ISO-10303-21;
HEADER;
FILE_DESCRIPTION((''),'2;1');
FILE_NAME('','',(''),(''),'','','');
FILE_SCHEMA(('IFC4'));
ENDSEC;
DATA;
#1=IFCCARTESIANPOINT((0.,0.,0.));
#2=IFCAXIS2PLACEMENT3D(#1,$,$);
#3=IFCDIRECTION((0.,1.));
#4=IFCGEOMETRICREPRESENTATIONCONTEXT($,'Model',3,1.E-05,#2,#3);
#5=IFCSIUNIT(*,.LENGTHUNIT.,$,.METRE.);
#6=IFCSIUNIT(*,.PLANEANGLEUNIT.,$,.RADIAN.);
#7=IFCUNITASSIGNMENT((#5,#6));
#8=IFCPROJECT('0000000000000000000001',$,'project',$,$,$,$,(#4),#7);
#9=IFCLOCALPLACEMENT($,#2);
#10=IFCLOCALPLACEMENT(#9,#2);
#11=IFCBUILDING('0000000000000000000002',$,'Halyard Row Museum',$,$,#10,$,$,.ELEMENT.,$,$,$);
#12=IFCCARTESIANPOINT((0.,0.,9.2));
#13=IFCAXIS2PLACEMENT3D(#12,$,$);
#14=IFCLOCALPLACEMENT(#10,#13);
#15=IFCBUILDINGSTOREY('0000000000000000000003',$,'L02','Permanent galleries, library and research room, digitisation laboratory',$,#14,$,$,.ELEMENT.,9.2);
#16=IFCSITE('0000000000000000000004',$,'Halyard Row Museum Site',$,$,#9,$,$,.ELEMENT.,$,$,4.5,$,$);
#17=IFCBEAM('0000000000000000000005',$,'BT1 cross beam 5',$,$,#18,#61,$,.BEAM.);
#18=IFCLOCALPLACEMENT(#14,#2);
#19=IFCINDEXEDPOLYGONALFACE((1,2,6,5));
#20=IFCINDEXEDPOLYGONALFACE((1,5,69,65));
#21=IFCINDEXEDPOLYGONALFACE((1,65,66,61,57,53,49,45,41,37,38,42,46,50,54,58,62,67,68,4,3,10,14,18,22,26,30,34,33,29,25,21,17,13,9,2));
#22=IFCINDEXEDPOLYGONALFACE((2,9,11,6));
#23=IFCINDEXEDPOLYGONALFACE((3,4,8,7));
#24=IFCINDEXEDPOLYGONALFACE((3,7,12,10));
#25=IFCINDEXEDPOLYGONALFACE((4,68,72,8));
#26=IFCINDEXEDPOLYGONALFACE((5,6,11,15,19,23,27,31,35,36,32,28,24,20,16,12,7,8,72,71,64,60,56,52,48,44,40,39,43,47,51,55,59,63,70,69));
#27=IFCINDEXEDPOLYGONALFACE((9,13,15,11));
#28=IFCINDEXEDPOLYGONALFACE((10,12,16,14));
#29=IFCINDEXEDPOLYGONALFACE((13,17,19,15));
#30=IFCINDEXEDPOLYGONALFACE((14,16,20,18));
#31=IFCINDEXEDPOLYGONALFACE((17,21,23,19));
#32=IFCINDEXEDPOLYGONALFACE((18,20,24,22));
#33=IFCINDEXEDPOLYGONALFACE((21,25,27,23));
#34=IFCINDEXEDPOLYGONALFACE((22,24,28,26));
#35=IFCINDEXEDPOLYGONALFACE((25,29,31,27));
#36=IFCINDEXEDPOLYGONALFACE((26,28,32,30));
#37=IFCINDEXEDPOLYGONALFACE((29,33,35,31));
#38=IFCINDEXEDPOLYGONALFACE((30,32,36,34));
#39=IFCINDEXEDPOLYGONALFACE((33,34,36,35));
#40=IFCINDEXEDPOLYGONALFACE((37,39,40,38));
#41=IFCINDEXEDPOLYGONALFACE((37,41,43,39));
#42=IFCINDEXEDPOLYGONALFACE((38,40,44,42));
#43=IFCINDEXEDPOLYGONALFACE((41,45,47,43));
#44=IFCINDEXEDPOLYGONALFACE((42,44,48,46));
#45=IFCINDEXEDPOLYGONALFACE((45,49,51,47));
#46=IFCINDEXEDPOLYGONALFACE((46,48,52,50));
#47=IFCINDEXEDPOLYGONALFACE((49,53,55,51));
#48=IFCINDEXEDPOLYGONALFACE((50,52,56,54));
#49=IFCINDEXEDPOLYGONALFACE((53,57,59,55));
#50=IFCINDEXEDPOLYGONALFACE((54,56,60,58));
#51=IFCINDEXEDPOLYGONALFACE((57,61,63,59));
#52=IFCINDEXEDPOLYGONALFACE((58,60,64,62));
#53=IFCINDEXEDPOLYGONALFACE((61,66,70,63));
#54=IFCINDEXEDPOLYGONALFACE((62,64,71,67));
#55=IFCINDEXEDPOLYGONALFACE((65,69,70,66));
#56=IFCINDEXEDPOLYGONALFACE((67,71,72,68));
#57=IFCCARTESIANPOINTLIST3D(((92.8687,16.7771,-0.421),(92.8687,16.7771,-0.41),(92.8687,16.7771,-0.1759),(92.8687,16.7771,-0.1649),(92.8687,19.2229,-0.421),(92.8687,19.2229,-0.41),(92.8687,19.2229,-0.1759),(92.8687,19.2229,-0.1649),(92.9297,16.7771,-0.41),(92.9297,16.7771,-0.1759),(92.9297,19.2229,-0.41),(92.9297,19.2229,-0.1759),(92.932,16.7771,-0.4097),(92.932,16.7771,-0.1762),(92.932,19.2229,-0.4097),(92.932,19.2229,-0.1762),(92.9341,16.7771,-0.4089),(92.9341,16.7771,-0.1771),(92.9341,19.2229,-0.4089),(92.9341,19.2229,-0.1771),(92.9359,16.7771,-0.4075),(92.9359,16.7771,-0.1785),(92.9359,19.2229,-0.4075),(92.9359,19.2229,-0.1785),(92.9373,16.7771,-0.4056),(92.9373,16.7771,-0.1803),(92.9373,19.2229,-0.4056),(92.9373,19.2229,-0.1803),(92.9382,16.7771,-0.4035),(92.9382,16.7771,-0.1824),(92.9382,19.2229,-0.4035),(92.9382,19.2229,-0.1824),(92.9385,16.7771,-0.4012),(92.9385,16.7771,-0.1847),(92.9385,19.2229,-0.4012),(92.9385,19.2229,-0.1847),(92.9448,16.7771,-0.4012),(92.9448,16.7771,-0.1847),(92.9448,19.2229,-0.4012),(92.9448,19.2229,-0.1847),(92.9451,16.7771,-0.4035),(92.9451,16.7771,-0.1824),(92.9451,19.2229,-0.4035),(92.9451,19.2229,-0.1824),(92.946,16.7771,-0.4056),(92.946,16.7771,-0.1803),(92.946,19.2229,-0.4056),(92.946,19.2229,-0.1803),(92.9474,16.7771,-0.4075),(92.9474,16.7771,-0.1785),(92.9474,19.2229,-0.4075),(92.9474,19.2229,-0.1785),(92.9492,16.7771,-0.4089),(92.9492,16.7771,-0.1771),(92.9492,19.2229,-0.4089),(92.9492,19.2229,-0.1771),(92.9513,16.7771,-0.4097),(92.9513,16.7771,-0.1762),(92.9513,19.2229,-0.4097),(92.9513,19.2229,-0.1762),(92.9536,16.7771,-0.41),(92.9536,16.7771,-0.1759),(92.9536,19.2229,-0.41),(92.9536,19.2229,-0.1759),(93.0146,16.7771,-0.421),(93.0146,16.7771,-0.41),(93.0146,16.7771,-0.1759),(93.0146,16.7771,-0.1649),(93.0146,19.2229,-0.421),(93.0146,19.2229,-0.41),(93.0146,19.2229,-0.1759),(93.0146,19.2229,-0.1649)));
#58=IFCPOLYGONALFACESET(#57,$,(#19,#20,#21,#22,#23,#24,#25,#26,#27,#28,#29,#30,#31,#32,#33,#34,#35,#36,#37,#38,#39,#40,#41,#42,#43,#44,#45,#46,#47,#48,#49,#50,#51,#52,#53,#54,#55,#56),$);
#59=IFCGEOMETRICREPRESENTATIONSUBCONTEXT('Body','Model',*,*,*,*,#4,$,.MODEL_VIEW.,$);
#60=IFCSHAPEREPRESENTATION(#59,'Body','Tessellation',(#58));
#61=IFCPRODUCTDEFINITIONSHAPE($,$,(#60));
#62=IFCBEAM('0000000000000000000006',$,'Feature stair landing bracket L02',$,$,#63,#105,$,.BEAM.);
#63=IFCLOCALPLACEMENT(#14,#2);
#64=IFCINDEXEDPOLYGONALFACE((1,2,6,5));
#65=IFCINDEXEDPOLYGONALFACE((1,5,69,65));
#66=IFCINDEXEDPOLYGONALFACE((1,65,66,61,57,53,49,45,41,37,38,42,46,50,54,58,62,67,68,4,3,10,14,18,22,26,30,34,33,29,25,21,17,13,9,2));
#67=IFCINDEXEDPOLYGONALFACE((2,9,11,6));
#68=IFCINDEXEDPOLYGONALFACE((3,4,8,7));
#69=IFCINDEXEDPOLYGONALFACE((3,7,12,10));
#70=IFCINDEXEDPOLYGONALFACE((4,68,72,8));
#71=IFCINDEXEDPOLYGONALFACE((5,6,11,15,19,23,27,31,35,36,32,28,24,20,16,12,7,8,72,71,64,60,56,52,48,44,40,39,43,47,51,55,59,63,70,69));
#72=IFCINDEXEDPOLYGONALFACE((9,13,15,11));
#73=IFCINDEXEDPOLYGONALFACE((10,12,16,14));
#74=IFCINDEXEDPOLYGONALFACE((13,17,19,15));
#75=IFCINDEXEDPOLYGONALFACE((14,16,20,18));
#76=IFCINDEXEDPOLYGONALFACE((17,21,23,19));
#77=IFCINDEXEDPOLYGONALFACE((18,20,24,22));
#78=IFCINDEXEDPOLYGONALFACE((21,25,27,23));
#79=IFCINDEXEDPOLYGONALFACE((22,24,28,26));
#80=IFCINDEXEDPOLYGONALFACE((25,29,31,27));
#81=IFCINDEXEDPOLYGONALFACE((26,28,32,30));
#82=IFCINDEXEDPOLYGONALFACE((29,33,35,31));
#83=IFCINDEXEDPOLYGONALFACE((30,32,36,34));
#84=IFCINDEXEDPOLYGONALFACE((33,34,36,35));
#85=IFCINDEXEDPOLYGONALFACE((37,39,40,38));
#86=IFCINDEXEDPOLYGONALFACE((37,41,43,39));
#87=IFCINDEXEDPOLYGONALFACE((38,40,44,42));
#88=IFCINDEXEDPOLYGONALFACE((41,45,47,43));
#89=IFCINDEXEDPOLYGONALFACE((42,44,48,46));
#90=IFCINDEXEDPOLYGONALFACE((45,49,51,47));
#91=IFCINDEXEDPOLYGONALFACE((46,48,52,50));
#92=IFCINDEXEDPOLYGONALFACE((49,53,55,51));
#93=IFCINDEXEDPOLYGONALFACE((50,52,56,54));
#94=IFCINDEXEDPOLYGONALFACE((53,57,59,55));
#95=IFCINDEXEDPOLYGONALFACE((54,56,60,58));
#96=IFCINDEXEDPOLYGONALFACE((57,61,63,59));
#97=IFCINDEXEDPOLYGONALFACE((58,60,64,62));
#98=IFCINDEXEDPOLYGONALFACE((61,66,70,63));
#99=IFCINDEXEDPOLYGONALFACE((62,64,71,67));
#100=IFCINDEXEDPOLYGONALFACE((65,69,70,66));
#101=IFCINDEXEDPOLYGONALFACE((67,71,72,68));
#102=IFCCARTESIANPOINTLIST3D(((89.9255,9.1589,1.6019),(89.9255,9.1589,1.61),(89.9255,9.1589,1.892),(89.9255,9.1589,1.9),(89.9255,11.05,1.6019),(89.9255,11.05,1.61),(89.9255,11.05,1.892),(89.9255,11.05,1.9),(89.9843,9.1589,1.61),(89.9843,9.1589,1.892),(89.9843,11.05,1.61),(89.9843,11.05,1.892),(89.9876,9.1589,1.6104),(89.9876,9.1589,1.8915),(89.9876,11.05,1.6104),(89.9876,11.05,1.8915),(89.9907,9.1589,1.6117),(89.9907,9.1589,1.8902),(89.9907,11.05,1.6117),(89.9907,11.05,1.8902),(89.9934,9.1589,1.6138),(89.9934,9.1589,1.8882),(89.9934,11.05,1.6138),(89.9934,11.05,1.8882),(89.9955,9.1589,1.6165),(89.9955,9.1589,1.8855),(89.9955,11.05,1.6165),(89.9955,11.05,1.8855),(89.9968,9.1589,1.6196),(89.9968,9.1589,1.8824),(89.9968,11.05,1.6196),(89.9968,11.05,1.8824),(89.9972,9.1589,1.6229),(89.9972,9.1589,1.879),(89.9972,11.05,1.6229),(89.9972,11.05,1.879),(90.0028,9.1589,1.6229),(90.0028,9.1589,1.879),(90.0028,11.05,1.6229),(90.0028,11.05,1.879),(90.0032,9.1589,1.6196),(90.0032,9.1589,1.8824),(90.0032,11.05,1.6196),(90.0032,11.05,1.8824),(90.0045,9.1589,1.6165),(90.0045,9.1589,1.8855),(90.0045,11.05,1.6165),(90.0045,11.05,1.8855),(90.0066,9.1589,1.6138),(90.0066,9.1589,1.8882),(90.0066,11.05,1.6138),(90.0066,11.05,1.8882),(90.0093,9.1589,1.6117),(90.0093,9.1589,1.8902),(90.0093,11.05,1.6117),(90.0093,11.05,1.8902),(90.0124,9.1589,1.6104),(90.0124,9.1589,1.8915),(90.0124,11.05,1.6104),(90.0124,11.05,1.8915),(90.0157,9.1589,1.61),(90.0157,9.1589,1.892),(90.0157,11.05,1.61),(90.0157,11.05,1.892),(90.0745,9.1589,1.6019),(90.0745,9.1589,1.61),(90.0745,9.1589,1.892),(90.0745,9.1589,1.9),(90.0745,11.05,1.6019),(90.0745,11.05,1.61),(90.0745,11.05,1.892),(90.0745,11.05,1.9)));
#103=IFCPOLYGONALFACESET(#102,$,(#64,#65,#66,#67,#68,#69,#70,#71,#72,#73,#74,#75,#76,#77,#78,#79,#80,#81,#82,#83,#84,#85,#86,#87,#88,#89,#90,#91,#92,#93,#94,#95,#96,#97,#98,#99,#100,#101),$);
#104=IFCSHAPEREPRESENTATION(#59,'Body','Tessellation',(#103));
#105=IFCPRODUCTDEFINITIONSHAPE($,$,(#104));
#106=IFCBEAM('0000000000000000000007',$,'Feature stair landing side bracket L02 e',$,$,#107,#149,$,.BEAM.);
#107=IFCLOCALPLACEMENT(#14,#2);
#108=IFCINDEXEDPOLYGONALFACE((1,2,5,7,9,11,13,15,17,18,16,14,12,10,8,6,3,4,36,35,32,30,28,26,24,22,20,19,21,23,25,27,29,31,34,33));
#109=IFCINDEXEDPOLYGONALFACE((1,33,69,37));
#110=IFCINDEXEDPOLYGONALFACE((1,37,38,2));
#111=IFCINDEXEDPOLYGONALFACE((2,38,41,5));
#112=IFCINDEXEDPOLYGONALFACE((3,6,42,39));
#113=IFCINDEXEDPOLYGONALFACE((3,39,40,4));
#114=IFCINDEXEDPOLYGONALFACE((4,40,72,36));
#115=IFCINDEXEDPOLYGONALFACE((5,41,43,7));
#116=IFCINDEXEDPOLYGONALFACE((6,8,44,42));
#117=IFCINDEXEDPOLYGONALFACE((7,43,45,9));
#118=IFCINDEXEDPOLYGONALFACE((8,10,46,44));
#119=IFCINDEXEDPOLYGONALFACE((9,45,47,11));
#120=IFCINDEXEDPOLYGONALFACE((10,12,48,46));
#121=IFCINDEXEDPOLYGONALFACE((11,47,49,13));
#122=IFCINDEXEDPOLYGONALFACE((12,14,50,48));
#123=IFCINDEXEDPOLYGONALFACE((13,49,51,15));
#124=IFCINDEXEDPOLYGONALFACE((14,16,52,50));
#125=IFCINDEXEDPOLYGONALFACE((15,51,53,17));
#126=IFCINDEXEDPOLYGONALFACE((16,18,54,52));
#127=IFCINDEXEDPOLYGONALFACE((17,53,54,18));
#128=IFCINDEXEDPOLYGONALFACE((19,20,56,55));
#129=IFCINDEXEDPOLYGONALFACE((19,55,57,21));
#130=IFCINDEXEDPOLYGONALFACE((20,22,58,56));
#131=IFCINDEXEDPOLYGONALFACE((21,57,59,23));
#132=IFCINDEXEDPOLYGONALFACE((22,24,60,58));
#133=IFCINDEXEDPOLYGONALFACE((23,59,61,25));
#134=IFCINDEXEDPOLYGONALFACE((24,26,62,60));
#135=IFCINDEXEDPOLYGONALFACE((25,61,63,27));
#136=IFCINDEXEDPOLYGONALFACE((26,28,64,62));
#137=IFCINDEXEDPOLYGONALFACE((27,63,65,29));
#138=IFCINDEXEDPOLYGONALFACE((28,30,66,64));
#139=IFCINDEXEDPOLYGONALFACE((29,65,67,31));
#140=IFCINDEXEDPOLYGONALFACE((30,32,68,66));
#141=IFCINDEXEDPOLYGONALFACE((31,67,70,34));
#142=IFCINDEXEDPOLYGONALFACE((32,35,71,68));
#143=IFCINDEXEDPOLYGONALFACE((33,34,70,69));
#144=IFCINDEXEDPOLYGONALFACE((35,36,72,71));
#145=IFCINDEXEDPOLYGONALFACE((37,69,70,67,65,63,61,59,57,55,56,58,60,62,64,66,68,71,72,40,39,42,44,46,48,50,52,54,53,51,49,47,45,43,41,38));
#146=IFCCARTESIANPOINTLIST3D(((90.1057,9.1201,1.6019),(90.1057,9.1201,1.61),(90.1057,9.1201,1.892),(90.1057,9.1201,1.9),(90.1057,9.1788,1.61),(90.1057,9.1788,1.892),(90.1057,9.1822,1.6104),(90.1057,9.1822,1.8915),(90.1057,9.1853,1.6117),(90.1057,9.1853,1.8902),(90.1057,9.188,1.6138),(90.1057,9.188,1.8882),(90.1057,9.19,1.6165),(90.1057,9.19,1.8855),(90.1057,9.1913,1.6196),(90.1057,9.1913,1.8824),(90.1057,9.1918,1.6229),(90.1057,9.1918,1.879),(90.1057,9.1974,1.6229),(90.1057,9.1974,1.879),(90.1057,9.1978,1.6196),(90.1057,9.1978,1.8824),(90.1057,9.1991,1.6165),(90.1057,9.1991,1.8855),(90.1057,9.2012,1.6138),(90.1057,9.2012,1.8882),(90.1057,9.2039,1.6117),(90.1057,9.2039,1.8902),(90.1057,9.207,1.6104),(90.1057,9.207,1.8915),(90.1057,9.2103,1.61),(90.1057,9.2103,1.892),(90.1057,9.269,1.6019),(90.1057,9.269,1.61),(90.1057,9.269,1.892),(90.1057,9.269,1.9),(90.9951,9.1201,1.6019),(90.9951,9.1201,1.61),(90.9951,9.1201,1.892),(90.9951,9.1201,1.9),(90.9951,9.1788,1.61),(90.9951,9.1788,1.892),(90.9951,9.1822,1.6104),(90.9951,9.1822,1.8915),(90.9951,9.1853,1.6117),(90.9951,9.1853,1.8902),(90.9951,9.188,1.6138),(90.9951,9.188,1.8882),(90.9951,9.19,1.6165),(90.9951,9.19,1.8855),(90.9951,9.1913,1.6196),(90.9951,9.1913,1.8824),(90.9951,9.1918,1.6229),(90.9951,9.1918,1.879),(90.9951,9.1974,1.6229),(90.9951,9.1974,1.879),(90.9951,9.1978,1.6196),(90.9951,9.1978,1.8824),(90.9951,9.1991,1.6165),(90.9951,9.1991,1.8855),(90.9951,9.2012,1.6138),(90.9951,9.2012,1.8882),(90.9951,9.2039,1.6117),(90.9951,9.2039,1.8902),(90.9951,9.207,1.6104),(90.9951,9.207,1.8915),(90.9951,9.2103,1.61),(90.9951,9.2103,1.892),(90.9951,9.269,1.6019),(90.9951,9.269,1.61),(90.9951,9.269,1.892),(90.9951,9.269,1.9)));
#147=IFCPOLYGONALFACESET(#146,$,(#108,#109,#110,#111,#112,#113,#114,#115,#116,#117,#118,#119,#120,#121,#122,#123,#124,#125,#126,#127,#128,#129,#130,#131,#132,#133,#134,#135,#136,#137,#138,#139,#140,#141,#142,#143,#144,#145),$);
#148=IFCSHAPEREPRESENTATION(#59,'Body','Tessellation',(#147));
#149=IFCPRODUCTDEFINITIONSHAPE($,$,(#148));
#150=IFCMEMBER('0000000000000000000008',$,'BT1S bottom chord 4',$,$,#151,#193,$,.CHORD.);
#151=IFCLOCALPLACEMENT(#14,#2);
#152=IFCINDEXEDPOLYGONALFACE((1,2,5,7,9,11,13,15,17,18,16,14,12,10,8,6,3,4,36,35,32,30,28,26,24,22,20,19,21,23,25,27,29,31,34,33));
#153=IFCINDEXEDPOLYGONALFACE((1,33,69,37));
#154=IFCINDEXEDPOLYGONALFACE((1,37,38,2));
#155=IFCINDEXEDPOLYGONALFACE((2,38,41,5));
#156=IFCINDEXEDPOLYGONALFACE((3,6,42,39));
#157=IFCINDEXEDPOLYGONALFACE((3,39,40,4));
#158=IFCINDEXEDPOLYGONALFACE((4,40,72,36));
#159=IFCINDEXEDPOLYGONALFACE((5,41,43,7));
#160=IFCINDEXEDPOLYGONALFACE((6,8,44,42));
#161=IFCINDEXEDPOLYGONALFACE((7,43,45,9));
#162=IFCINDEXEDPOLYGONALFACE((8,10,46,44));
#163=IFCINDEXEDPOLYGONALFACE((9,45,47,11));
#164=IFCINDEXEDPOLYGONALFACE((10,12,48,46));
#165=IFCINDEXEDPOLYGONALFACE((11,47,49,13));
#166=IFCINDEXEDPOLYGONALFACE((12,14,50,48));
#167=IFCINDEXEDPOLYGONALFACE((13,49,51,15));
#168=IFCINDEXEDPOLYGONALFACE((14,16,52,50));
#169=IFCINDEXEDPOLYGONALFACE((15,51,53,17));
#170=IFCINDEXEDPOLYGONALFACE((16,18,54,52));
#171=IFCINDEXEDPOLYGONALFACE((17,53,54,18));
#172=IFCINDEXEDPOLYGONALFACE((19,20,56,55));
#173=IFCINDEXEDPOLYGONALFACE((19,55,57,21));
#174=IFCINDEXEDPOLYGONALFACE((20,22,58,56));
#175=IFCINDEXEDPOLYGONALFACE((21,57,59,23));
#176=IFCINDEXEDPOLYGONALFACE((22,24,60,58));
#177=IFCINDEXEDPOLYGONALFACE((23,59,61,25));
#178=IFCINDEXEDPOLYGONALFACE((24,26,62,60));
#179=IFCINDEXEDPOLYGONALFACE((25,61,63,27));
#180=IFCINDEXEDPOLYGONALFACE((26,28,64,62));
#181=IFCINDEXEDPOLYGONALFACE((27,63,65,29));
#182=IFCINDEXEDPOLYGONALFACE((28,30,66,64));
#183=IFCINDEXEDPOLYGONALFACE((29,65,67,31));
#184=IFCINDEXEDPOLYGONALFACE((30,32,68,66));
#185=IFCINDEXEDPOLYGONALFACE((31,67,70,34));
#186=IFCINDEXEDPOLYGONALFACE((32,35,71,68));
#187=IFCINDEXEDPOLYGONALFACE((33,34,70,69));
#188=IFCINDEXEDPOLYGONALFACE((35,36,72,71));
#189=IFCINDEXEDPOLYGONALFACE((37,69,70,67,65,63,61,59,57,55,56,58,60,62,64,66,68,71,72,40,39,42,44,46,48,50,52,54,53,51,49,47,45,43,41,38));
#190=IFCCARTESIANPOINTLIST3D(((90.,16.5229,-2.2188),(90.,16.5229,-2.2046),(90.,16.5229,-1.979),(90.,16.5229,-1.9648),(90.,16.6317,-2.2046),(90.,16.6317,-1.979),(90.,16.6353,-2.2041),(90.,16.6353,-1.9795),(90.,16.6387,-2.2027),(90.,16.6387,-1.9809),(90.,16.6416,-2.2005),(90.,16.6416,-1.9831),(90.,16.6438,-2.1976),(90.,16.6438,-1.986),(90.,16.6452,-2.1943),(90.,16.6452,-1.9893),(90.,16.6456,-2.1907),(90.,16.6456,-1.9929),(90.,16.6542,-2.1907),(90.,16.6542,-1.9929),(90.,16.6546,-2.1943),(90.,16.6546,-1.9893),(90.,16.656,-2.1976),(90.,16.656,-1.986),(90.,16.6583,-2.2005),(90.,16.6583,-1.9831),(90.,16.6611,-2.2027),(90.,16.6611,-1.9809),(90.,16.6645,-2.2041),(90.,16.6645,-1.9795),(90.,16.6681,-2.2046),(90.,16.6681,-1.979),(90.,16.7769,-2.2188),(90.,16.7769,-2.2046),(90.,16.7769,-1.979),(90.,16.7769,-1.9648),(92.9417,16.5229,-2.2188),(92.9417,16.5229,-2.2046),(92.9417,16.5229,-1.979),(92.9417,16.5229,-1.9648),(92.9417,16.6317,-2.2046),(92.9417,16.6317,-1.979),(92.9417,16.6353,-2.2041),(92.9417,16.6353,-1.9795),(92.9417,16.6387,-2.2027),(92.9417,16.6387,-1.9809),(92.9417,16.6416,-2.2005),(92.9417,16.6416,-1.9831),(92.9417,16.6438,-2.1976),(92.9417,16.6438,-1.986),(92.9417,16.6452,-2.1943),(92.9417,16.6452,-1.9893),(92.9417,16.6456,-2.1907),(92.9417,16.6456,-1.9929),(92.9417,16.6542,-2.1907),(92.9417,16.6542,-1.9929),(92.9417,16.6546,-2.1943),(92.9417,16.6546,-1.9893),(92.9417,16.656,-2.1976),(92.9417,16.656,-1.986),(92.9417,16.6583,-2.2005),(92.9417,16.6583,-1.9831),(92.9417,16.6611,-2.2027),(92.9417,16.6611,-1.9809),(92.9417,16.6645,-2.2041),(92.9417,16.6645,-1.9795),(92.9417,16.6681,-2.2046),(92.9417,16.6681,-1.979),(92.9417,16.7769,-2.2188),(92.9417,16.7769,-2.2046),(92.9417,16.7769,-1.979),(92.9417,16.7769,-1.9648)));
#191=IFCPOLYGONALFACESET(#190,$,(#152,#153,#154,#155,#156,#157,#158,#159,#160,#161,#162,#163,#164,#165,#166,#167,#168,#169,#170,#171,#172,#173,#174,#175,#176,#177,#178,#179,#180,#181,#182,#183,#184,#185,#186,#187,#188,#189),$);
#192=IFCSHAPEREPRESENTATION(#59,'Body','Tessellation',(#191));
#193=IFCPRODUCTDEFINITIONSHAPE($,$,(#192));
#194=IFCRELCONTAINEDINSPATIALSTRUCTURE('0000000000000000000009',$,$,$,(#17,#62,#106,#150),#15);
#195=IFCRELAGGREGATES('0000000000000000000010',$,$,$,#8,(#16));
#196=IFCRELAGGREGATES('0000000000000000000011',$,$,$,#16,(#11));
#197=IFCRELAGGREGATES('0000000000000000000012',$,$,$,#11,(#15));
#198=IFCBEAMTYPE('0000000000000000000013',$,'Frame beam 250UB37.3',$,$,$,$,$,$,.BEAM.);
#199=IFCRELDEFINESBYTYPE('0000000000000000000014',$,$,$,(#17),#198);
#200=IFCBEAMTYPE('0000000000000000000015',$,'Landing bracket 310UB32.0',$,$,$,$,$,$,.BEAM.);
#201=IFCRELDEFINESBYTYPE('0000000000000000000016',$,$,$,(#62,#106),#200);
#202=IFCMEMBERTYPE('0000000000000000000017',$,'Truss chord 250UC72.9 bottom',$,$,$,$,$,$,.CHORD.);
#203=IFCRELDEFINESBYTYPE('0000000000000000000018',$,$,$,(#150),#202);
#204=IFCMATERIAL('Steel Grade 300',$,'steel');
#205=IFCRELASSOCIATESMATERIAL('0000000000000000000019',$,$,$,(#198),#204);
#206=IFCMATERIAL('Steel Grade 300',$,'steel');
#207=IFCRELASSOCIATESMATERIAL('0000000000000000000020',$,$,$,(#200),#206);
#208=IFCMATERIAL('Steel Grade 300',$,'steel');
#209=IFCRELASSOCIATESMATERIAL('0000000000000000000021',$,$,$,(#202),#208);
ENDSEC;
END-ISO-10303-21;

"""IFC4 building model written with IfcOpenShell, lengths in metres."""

from ifc_helpers import new_model, si_unit, direction, frame, origin, origin_2d, place, context, subcontext, project, spatial, i_section, extrude, material, material_profile, profile_set, type_object, element, save


model = new_model("IFC4")

# Units and contexts
model_context = context("Model", 3, precision=1e-05, world=origin(), true_north=direction((0.0, 1.0)))
body_context = subcontext(model_context, "Body", "Model", "MODEL_VIEW")
ifc_project = project(units=[si_unit("LENGTHUNIT", "METRE"), si_unit("PLANEANGLEUNIT", "RADIAN")], contexts=[model_context])

# Site, building, storey
site_placement = place(None, origin())
site = spatial("IfcSite", under=ifc_project, at=site_placement, Name="Halyard Row Museum Site", CompositionType="ELEMENT", RefElevation=4.5)
building_placement = place(site_placement, origin())
building = spatial("IfcBuilding", under=site, at=building_placement, Name="Halyard Row Museum", CompositionType="ELEMENT")
storey_placement = place(building_placement, frame((0.0, 0.0, 9.2)))
storey = spatial("IfcBuildingStorey", under=building, at=storey_placement, Name="L02", Description="Permanent galleries, library and research room, digitisation laboratory", CompositionType="ELEMENT", Elevation=9.2)

# Beams
ifc_material_1 = material(Name="Steel Grade 300", Category="steel")
ifc_material_profile_1 = material_profile(ifc_material_1, i_section(OverallWidth=0.146, OverallDepth=0.2561, WebThickness=0.0063, FlangeThickness=0.011, FilletRadius=0.0088, at=origin_2d()), Name="250UB37.3")
ifc_profile_set_1 = profile_set([ifc_material_profile_1], Name="Steel Grade 300")
beam_type_1 = type_object("IfcBeamType", Name="Frame beam 250UB37.3", PredefinedType="BEAM", material=ifc_profile_set_1)
for number, where, z_axis, x_axis, name in (
    (1, (92.9417, 16.7771, -0.293), (0.0, 1.0, 0.0), (-1.0, 0.0, 0.0), "BT1 cross beam 5"),
):
    element("IfcBeam", number, at=place(storey_placement, frame(where, z_axis=z_axis, x_axis=x_axis)), inside=storey, type_object=beam_type_1, Name=name, PredefinedType="BEAM", context=body_context, shape_type="SweptSolid", body=[
        extrude(i_section(OverallWidth=0.146, OverallDepth=0.2561, WebThickness=0.0063, FlangeThickness=0.011, FilletRadius=0.0088, at=origin_2d()), origin(), (0.0, 0.0, 1.0), 2.4458),
    ])
ifc_material_2 = material(Name="Steel Grade 300", Category="steel")
ifc_material_profile_2 = material_profile(ifc_material_2, i_section(OverallWidth=0.1489, OverallDepth=0.2981, WebThickness=0.0056, FlangeThickness=0.0081, FilletRadius=0.0129, at=origin_2d()), Name="310UB32.0")
ifc_profile_set_2 = profile_set([ifc_material_profile_2], Name="Steel Grade 300")
beam_type_2 = type_object("IfcBeamType", Name="Landing bracket 310UB32.0", PredefinedType="BEAM", material=ifc_profile_set_2)
beam_1_placement = place(storey_placement, frame((90.0, 9.1589, 1.751), z_axis=(0.0, 1.0, 0.0), x_axis=(-1.0, 0.0, 0.0)))
element("IfcBeam", 2, at=beam_1_placement, inside=storey, type_object=beam_type_2, Name="Feature stair landing bracket L02", PredefinedType="BEAM", context=body_context, shape_type="SweptSolid", body=[
    extrude(i_section(OverallWidth=0.1489, OverallDepth=0.2981, WebThickness=0.0056, FlangeThickness=0.0081, FilletRadius=0.0129, at=origin_2d()), origin(), (0.0, 0.0, 1.0), 1.8911),
])
beam_2_placement = place(storey_placement, frame((90.9951, 9.1946, 1.751), z_axis=(-1.0, 0.0, 0.0), x_axis=(0.0, -1.0, 0.0)))
element("IfcBeam", 3, at=beam_2_placement, inside=storey, type_object=beam_type_2, Name="Feature stair landing side bracket L02 e", PredefinedType="BEAM", context=body_context, shape_type="SweptSolid", body=[
    extrude(i_section(OverallWidth=0.1489, OverallDepth=0.2981, WebThickness=0.0056, FlangeThickness=0.0081, FilletRadius=0.0129, at=origin_2d()), origin(), (0.0, 0.0, 1.0), 0.8894),
])

# Member
ifc_material_3 = material(Name="Steel Grade 300", Category="steel")
ifc_material_profile_3 = material_profile(ifc_material_3, i_section(OverallWidth=0.2539, OverallDepth=0.2539, WebThickness=0.0085, FlangeThickness=0.0142, FilletRadius=0.0139, at=origin_2d()), Name="250UC72.9")
ifc_profile_set_3 = profile_set([ifc_material_profile_3], Name="Steel Grade 300")
member_type_1 = type_object("IfcMemberType", Name="Truss chord 250UC72.9 bottom", PredefinedType="CHORD", material=ifc_profile_set_3)
for number, where, z_axis, x_axis, name in (
    (4, (90.0, 16.6499, -2.0918), (1.0, 0.0, 0.0), (0.0, 1.0, 0.0), "BT1S bottom chord 4"),
):
    element("IfcMember", number, at=place(storey_placement, frame(where, z_axis=z_axis, x_axis=x_axis)), inside=storey, type_object=member_type_1, Name=name, PredefinedType="CHORD", context=body_context, shape_type="SweptSolid", body=[
        extrude(i_section(OverallWidth=0.2539, OverallDepth=0.2539, WebThickness=0.0085, FlangeThickness=0.0142, FilletRadius=0.0139, at=origin_2d()), origin(), (0.0, 0.0, 1.0), 2.9417),
    ])

save(model, "model.ifc")
